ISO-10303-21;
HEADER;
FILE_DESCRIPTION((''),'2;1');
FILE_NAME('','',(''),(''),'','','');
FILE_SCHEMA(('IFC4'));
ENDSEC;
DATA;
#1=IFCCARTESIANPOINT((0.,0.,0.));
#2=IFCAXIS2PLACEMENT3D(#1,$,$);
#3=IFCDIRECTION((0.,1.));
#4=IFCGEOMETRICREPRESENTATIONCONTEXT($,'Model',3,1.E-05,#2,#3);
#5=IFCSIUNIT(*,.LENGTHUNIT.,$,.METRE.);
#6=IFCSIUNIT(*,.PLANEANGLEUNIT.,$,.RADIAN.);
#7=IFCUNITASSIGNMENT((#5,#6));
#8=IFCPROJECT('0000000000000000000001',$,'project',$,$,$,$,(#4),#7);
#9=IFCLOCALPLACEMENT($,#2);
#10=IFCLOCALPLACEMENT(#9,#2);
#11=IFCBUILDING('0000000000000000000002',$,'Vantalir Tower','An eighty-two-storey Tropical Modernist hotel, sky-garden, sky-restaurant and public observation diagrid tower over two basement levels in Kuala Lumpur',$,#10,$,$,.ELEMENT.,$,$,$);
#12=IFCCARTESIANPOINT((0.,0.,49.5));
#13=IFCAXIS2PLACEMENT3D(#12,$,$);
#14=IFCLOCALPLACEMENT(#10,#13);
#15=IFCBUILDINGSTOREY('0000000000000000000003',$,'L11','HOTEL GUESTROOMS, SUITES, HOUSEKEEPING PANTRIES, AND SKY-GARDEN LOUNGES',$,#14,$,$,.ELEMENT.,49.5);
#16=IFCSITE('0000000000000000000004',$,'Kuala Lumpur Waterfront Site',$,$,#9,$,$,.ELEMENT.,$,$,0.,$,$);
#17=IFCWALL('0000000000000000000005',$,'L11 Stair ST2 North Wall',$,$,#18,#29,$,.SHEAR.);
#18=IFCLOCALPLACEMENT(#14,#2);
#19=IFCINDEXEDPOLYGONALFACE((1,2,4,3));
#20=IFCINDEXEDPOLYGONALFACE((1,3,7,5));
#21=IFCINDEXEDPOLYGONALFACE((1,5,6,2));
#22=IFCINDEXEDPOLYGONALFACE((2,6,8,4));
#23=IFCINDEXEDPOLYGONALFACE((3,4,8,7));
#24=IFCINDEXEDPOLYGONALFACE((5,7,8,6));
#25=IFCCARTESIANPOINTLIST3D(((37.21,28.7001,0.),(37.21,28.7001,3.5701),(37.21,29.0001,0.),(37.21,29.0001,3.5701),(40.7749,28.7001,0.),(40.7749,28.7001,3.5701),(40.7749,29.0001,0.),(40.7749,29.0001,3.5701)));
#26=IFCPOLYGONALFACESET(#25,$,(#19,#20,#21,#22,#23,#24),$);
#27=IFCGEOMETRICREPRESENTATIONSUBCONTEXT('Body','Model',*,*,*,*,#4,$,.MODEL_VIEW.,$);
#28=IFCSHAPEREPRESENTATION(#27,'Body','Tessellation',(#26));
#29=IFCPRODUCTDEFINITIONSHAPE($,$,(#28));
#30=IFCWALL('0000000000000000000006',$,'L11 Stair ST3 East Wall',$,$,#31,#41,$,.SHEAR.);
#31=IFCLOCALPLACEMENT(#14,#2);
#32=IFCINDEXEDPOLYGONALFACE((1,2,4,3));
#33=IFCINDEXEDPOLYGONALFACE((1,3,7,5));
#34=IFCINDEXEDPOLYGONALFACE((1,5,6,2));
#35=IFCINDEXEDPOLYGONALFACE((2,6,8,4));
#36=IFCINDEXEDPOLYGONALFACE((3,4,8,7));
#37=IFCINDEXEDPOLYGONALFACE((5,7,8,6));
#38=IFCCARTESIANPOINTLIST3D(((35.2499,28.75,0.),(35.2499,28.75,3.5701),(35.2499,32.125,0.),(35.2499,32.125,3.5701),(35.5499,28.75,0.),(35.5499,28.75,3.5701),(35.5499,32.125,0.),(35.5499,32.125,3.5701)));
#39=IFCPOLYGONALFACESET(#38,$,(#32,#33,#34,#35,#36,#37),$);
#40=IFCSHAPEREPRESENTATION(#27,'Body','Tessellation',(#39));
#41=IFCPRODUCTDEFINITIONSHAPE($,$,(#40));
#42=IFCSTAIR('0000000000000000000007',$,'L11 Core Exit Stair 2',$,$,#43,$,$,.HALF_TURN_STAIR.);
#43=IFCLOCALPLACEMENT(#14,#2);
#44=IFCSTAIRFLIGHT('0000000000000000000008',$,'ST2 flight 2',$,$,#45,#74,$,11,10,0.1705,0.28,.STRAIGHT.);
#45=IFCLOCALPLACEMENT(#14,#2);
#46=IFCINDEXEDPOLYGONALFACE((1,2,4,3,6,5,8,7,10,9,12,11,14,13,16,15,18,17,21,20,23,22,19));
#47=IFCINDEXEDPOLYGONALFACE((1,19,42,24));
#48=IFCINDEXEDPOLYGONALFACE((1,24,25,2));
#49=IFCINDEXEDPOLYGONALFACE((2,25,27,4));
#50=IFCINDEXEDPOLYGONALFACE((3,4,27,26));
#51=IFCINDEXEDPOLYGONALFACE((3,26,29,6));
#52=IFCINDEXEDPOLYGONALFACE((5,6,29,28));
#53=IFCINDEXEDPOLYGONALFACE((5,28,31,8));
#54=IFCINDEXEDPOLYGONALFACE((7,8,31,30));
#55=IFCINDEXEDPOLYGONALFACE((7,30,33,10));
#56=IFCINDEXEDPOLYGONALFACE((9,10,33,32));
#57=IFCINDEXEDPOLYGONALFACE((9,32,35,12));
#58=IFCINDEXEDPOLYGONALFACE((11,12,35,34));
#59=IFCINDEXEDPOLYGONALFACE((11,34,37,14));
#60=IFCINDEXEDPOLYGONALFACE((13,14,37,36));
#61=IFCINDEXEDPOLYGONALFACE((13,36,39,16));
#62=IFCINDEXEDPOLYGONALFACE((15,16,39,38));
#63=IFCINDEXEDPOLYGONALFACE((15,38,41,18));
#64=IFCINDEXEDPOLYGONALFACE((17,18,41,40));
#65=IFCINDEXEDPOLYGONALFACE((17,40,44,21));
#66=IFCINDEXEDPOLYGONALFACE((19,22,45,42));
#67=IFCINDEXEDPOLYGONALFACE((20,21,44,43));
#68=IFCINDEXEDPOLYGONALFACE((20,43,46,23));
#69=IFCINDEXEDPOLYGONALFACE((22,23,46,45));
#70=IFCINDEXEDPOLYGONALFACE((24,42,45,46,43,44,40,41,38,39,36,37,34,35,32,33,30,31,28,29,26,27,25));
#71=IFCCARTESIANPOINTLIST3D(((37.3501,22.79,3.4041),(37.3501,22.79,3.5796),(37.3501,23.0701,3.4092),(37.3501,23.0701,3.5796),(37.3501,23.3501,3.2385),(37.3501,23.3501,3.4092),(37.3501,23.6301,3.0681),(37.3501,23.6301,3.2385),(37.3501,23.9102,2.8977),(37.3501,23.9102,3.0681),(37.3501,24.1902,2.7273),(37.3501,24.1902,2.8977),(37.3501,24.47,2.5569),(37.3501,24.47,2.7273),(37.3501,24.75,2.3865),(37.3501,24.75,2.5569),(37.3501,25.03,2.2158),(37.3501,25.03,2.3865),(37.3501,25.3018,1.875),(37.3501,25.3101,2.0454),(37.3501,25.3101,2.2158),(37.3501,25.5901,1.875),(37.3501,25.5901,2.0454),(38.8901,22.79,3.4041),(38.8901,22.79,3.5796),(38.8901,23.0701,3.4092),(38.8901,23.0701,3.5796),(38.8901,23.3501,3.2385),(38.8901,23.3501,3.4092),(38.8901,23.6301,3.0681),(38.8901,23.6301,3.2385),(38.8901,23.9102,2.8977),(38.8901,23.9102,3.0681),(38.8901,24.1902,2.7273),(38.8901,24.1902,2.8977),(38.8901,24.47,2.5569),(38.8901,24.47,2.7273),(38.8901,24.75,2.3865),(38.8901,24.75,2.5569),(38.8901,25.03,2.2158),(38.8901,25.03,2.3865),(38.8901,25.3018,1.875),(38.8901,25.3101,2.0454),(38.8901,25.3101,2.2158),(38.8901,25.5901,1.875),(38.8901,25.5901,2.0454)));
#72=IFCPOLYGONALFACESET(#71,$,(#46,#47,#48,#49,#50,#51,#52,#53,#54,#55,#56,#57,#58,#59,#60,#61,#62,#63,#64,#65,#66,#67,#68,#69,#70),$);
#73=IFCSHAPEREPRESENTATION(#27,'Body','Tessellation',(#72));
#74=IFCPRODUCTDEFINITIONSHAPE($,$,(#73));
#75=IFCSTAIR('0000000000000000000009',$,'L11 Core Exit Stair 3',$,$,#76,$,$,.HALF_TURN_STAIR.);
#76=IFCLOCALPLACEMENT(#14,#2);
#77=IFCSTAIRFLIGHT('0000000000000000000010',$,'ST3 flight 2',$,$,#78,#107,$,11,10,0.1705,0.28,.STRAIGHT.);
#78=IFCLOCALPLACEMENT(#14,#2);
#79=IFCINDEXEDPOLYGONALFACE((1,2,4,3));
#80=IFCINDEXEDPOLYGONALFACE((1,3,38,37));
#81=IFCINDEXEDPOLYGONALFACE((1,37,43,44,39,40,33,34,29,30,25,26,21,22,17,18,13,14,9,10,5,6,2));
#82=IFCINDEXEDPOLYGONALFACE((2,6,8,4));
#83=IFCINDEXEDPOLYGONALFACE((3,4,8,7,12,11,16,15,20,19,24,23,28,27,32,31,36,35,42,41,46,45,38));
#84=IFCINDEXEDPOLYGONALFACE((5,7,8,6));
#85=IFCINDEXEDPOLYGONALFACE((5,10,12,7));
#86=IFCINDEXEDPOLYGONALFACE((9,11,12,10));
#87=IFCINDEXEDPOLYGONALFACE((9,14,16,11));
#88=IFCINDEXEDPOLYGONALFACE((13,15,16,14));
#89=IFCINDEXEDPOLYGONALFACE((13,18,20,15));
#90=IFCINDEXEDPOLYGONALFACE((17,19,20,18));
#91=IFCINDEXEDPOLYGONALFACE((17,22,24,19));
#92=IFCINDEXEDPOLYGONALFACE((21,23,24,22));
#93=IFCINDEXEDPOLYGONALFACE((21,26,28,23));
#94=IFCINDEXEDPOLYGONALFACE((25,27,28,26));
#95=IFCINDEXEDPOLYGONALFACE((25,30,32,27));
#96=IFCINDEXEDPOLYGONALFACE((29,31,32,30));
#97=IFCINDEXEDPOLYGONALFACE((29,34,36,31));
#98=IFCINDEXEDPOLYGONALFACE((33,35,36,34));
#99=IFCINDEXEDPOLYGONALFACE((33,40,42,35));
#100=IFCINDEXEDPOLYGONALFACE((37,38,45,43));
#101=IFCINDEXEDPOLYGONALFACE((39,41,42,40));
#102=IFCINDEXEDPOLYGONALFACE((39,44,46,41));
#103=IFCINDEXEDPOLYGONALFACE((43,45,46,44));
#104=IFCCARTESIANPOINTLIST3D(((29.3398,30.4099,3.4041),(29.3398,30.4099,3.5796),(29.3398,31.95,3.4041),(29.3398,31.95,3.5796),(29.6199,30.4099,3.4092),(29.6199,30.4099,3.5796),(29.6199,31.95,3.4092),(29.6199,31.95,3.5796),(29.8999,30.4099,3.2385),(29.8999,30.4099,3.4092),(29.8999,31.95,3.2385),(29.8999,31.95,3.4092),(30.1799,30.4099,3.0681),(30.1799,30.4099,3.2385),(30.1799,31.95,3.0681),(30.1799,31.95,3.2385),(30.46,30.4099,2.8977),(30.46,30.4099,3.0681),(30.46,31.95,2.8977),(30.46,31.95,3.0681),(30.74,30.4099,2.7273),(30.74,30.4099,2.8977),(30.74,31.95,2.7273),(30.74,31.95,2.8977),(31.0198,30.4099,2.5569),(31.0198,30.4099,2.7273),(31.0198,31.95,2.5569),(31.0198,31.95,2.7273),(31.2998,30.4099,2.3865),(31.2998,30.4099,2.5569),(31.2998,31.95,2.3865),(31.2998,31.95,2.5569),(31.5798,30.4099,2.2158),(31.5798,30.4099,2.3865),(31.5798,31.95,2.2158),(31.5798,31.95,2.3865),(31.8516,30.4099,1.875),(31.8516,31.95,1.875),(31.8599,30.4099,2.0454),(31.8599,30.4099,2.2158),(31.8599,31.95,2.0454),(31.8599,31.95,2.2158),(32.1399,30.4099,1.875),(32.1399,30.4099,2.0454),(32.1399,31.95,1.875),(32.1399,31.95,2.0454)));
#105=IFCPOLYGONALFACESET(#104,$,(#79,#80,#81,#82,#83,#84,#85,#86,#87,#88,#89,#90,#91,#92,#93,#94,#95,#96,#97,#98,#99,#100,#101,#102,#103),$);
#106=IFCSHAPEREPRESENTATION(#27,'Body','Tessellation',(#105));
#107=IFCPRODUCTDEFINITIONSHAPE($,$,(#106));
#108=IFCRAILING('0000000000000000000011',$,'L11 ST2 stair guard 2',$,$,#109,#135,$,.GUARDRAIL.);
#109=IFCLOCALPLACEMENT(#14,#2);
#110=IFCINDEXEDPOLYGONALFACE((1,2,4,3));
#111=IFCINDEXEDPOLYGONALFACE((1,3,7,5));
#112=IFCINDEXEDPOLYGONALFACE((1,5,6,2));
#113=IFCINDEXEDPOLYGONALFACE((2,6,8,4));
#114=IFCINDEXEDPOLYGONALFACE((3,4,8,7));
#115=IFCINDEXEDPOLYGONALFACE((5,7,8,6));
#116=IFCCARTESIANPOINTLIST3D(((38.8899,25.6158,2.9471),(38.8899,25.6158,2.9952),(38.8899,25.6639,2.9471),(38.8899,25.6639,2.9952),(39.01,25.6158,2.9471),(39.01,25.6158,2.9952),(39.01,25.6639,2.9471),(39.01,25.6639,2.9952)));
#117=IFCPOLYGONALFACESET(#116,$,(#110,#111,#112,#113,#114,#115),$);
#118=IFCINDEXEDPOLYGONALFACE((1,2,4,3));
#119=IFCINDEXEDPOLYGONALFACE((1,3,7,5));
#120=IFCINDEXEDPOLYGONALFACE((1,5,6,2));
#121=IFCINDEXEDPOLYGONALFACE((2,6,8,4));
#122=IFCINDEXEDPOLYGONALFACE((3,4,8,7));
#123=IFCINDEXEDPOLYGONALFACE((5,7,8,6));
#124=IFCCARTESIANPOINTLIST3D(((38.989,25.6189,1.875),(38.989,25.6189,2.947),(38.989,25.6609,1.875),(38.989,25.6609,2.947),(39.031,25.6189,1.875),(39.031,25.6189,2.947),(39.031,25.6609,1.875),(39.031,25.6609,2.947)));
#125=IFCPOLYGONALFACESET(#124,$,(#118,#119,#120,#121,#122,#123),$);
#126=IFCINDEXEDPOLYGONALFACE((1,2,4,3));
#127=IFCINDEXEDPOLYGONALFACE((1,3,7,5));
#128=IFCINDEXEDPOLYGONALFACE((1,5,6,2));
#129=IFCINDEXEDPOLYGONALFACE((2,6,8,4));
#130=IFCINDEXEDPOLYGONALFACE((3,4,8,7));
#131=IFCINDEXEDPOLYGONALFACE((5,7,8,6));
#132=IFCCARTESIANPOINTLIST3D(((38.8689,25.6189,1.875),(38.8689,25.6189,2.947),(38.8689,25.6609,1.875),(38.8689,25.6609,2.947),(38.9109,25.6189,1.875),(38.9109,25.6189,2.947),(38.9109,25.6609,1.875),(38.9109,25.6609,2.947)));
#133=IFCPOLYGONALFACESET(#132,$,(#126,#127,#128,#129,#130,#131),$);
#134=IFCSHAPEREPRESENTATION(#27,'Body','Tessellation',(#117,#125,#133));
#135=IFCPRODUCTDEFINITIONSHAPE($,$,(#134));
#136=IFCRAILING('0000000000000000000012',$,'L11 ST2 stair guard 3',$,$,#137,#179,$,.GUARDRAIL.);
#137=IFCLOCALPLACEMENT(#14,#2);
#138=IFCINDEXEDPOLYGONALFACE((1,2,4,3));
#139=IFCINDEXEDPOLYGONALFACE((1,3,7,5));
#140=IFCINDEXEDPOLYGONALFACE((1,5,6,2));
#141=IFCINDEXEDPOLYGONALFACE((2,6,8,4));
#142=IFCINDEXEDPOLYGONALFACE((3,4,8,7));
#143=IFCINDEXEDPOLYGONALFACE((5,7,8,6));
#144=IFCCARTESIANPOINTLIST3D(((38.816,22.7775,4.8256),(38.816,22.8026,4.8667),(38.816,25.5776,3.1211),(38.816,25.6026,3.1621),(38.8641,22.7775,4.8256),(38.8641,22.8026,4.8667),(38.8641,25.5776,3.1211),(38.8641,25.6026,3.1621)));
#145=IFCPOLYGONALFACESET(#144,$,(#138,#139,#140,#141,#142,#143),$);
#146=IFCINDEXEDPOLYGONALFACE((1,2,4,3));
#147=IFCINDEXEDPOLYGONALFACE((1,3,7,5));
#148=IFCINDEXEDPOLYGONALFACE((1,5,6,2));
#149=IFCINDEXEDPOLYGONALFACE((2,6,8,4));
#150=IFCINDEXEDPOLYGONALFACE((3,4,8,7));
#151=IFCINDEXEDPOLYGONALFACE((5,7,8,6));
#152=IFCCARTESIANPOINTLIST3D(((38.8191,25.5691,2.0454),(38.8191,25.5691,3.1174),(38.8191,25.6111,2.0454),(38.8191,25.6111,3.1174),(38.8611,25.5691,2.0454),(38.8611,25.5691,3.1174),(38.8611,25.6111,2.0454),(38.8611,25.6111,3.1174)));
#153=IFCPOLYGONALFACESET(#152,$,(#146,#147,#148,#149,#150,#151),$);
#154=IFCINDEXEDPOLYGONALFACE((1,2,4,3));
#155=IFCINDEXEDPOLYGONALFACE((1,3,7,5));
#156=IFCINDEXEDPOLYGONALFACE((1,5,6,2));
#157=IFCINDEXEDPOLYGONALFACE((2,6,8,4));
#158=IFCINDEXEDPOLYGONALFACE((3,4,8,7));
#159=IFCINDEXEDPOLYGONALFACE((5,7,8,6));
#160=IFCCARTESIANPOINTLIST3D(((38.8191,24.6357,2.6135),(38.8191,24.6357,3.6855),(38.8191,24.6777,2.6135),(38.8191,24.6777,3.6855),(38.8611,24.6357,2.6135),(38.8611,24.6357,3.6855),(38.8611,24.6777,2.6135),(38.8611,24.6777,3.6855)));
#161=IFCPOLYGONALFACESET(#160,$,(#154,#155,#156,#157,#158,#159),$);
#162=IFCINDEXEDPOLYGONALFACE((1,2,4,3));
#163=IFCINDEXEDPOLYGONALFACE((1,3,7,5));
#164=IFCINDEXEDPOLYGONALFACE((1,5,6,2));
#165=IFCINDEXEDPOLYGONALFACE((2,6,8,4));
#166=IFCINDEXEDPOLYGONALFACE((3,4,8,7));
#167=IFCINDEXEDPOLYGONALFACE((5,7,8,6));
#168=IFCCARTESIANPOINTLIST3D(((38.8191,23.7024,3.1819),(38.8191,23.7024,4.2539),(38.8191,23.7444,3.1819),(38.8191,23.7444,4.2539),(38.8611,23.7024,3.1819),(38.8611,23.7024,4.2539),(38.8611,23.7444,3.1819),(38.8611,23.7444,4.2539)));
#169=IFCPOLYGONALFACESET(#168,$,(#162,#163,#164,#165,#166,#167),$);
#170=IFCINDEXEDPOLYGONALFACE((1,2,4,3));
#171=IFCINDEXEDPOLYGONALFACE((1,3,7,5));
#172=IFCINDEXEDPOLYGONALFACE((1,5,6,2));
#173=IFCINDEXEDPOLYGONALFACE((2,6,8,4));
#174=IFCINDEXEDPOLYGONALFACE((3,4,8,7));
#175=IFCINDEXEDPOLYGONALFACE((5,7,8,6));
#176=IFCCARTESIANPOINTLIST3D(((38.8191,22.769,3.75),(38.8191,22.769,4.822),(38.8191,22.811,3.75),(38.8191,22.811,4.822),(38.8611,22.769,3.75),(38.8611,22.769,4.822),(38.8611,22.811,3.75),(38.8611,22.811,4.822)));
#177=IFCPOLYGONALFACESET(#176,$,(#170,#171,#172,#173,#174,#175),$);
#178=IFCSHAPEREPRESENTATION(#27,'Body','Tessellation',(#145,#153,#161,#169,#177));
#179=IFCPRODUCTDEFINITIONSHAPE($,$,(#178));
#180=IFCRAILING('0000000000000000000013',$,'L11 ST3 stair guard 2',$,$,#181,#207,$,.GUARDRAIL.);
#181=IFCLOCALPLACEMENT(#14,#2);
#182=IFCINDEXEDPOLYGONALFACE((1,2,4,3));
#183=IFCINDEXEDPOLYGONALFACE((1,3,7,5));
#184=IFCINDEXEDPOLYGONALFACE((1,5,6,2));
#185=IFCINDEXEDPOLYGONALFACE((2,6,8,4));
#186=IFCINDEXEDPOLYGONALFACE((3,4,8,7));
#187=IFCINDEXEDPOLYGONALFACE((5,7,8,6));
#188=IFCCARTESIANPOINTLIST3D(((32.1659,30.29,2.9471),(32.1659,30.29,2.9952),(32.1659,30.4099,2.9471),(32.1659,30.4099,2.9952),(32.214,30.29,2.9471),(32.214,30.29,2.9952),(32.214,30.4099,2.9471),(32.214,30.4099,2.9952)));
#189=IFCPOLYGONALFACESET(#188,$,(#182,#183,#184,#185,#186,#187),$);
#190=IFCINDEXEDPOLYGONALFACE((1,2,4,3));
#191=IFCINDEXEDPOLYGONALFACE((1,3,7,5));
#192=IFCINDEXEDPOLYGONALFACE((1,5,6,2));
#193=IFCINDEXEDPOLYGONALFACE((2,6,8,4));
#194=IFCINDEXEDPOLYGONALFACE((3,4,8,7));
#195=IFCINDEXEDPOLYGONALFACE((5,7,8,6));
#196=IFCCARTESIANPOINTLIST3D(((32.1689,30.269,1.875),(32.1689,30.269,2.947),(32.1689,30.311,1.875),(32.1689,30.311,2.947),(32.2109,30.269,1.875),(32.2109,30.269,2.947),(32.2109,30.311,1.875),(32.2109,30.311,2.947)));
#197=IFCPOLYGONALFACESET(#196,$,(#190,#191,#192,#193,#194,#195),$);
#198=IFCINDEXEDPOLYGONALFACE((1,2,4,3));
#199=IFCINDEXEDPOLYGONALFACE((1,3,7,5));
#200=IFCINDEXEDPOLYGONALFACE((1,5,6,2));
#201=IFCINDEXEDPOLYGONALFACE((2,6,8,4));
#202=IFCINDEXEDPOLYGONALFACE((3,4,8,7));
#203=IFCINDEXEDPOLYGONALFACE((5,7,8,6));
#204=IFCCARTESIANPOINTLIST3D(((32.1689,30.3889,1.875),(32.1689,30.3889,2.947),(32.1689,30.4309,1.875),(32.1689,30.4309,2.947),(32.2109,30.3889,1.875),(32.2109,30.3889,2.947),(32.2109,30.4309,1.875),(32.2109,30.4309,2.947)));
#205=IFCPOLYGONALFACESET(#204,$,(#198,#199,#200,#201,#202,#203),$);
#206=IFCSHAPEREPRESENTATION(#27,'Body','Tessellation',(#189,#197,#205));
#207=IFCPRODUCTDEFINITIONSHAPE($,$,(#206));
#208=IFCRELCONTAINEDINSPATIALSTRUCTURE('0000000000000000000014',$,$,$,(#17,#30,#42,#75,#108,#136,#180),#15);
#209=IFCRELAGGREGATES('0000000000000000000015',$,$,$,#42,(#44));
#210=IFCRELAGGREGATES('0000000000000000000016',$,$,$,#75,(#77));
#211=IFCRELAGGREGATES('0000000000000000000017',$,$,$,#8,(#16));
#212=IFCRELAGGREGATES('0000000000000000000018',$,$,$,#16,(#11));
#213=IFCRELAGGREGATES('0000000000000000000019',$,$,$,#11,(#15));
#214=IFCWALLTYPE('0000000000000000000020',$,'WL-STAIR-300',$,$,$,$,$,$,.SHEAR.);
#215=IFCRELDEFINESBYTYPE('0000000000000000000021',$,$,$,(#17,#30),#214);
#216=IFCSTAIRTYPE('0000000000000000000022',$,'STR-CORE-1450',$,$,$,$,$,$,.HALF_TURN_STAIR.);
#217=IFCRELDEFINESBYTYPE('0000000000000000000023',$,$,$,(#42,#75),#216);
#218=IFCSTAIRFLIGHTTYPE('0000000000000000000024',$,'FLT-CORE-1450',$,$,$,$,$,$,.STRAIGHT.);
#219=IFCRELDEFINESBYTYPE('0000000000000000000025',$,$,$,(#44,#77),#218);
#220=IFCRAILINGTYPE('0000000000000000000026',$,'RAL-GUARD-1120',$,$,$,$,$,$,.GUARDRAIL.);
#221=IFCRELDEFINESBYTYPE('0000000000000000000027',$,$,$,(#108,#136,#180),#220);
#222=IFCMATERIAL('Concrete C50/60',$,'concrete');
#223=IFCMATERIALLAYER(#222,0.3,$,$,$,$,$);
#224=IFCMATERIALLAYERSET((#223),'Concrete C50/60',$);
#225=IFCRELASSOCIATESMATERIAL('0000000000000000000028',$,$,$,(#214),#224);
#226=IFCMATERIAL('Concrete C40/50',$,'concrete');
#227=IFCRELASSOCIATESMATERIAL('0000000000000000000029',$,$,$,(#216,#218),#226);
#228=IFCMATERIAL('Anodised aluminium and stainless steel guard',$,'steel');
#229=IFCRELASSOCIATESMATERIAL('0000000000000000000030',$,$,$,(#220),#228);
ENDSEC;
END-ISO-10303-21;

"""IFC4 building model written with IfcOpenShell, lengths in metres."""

from ifc_helpers import new_model, si_unit, direction, frame, frame_2d, origin, origin_2d, place, context, subcontext, project, spatial, polyline, rectangle, outline, extrude, material, layer, layer_set, type_object, element, aggregate, save


model = new_model("IFC4")

# Units and contexts
model_context = context("Model", 3, precision=1e-05, world=origin(), true_north=direction((0.0, 1.0)))
body_context = subcontext(model_context, "Body", "Model", "MODEL_VIEW")
ifc_project = project(units=[si_unit("LENGTHUNIT", "METRE"), si_unit("PLANEANGLEUNIT", "RADIAN")], contexts=[model_context])

# Site, building, storey
site_placement = place(None, origin())
site = spatial("IfcSite", under=ifc_project, at=site_placement, Name="Kuala Lumpur Waterfront Site", CompositionType="ELEMENT", RefElevation=0.0)
building_placement = place(site_placement, origin())
building = spatial("IfcBuilding", under=site, at=building_placement, Name="Vantalir Tower", Description="An eighty-two-storey Tropical Modernist hotel, sky-garden, sky-restaurant and public observation diagrid tower over two basement levels in Kuala Lumpur", CompositionType="ELEMENT")
storey_placement = place(building_placement, frame((0.0, 0.0, 49.5)))
storey = spatial("IfcBuildingStorey", under=building, at=storey_placement, Name="L11", Description="HOTEL GUESTROOMS, SUITES, HOUSEKEEPING PANTRIES, AND SKY-GARDEN LOUNGES", CompositionType="ELEMENT", Elevation=49.5)

# Walls
ifc_material_1 = material(Name="Concrete C50/60", Category="concrete")
ifc_layer_1 = layer(ifc_material_1, 0.3)
ifc_layer_set_1 = layer_set([ifc_layer_1], Name="Concrete C50/60")
wall_type_1 = type_object("IfcWallType", Name="WL-STAIR-300", PredefinedType="SHEAR", material=ifc_layer_set_1)
wall_1_placement = place(storey_placement, frame((37.21, 28.8501, 0.0), z_axis=(0.0, 0.0, 1.0), x_axis=(1.0, 0.0, 0.0)))
element("IfcWall", 1, at=wall_1_placement, inside=storey, type_object=wall_type_1, Name="L11 Stair ST2 North Wall", PredefinedType="SHEAR", context=body_context, shape_type="SweptSolid", body=[
    extrude(rectangle(XDim=3.5649, YDim=0.3, at=frame_2d((1.7825, 0.0))), origin(), (0.0, 0.0, 1.0), 3.5701),
])
wall_2_placement = place(storey_placement, frame((35.3999, 28.75, 0.0), z_axis=(0.0, 0.0, 1.0), x_axis=(0.0, 1.0, 0.0)))
element("IfcWall", 2, at=wall_2_placement, inside=storey, type_object=wall_type_1, Name="L11 Stair ST3 East Wall", PredefinedType="SHEAR", context=body_context, shape_type="SweptSolid", body=[
    extrude(rectangle(XDim=3.375, YDim=0.3, at=frame_2d((1.6875, 0.0))), origin(), (0.0, 0.0, 1.0), 3.5701),
])

# Stairs, stair flights
ifc_material_2 = material(Name="Concrete C40/50", Category="concrete")
stair_type = type_object("IfcStairType", Name="STR-CORE-1450", PredefinedType="HALF_TURN_STAIR", material=ifc_material_2)
stair_1_placement = place(storey_placement, origin())
stair_1 = element("IfcStair", 3, at=stair_1_placement, inside=storey, type_object=stair_type, Name="L11 Core Exit Stair 2", PredefinedType="HALF_TURN_STAIR")
stair_flight_type = type_object("IfcStairFlightType", Name="FLT-CORE-1450", PredefinedType="STRAIGHT", material=ifc_material_2)
stair_flight_1_placement = place(storey_placement, frame((38.1201, 25.5901, 1.875), z_axis=(0.0, 0.0, 1.0), x_axis=(0.0, -1.0, 0.0)))
stair_flight_1 = element("IfcStairFlight", 4, at=stair_flight_1_placement, type_object=stair_flight_type, Name="ST2 flight 2", NumberOfRisers=11, NumberOfTreads=10, PredefinedType="STRAIGHT", RiserHeight=0.1705, TreadLength=0.28, context=body_context, shape_type="SweptSolid", body=[
    extrude(outline(polyline([(0.0, 0.0), (0.0, 0.1704), (0.28, 0.1704), (0.28, 0.3408), (0.5601, 0.3408), (0.5601, 0.5115), (0.8401, 0.5115), (0.8401, 0.6819), (1.1201, 0.6819), (1.1201, 0.8523), (1.3999, 0.8523), (1.3999, 1.0227), (1.6799, 1.0227), (1.6799, 1.1931), (1.96, 1.1931), (1.96, 1.3635), (2.24, 1.3635), (2.24, 1.5342), (2.52, 1.5342), (2.52, 1.7046), (2.8, 1.7046), (2.8, 1.875), (2.8, 1.5291), (0.2883, 0.0), (0.0, 0.0)])), frame((0.0, 0.77, 0.0), z_axis=(0.0, -1.0, 0.0), x_axis=(1.0, 0.0, 0.0)), (0.0, 0.0, 1.0), 1.54),
])
aggregate(stair_1, [stair_flight_1])
stair_2_placement = place(storey_placement, origin())
stair_2 = element("IfcStair", 5, at=stair_2_placement, inside=storey, type_object=stair_type, Name="L11 Core Exit Stair 3", PredefinedType="HALF_TURN_STAIR")
stair_flight_2_placement = place(storey_placement, frame((32.1399, 31.1799, 1.875), z_axis=(0.0, 0.0, 1.0), x_axis=(-1.0, 0.0, 0.0)))
stair_flight_2 = element("IfcStairFlight", 6, at=stair_flight_2_placement, type_object=stair_flight_type, Name="ST3 flight 2", NumberOfRisers=11, NumberOfTreads=10, PredefinedType="STRAIGHT", RiserHeight=0.1705, TreadLength=0.28, context=body_context, shape_type="SweptSolid", body=[
    extrude(outline(polyline([(0.0, 0.0), (0.0, 0.1704), (0.28, 0.1704), (0.28, 0.3408), (0.5601, 0.3408), (0.5601, 0.5115), (0.8401, 0.5115), (0.8401, 0.6819), (1.1201, 0.6819), (1.1201, 0.8523), (1.3999, 0.8523), (1.3999, 1.0227), (1.6799, 1.0227), (1.6799, 1.1931), (1.96, 1.1931), (1.96, 1.3635), (2.24, 1.3635), (2.24, 1.5342), (2.52, 1.5342), (2.52, 1.7046), (2.8, 1.7046), (2.8, 1.875), (2.8, 1.5291), (0.2883, 0.0), (0.0, 0.0)])), frame((0.0, 0.77, 0.0), z_axis=(0.0, -1.0, 0.0), x_axis=(1.0, 0.0, 0.0)), (0.0, 0.0, 1.0), 1.54),
])
aggregate(stair_2, [stair_flight_2])

# Railings
ifc_material_3 = material(Name="Anodised aluminium and stainless steel guard", Category="steel")
railing_type_1 = type_object("IfcRailingType", Name="RAL-GUARD-1120", PredefinedType="GUARDRAIL", material=ifc_material_3)
railing_1_placement = place(storey_placement, frame((39.01, 25.6399, 1.875)))
element("IfcRailing", 7, at=railing_1_placement, inside=storey, type_object=railing_type_1, Name="L11 ST2 stair guard 2", PredefinedType="GUARDRAIL", context=body_context, shape_type="SweptSolid", body=[
    extrude(rectangle(XDim=0.0481, YDim=0.0481, at=origin_2d()), frame((0.0, 0.0, 1.0962), z_axis=(-1.0, 0.0, 0.0), x_axis=(0.0, -1.0, 0.0)), (0.0, 0.0, 1.0), 0.1201),
    extrude(rectangle(XDim=0.042, YDim=0.042, at=origin_2d()), origin(), (0.0, 0.0, 1.0), 1.072),
    extrude(rectangle(XDim=0.042, YDim=0.042, at=origin_2d()), frame((-0.1201, 0.0, 0.0)), (0.0, 0.0, 1.0), 1.072),
])
railing_2_placement = place(storey_placement, frame((38.8401, 25.5901, 2.0454)))
element("IfcRailing", 8, at=railing_2_placement, inside=storey, type_object=railing_type_1, Name="L11 ST2 stair guard 3", PredefinedType="GUARDRAIL", context=body_context, shape_type="SweptSolid", body=[
    extrude(rectangle(XDim=0.0481, YDim=0.0481, at=origin_2d()), frame((0.0, 0.0, 1.0962), z_axis=(0.0, -0.85417, 0.519994), x_axis=(1.0, 0.0, 0.0)), (0.0, 0.0, 1.0), 3.2781),
    extrude(rectangle(XDim=0.042, YDim=0.042, at=origin_2d()), origin(), (0.0, 0.0, 1.0), 1.072),
    extrude(rectangle(XDim=0.042, YDim=0.042, at=origin_2d()), frame((0.0, -0.9333, 0.5681)), (0.0, 0.0, 1.0), 1.072),
    extrude(rectangle(XDim=0.042, YDim=0.042, at=origin_2d()), frame((0.0, -1.8667, 1.1365)), (0.0, 0.0, 1.0), 1.072),
    extrude(rectangle(XDim=0.042, YDim=0.042, at=origin_2d()), frame((0.0, -2.8, 1.7046)), (0.0, 0.0, 1.0), 1.072),
])
railing_3_placement = place(storey_placement, frame((32.1899, 30.29, 1.875)))
element("IfcRailing", 9, at=railing_3_placement, inside=storey, type_object=railing_type_1, Name="L11 ST3 stair guard 2", PredefinedType="GUARDRAIL", context=body_context, shape_type="SweptSolid", body=[
    extrude(rectangle(XDim=0.0481, YDim=0.0481, at=origin_2d()), frame((0.0, 0.0, 1.0962), z_axis=(0.0, 1.0, 0.0), x_axis=(-1.0, 0.0, 0.0)), (0.0, 0.0, 1.0), 0.1199),
    extrude(rectangle(XDim=0.042, YDim=0.042, at=origin_2d()), origin(), (0.0, 0.0, 1.0), 1.072),
    extrude(rectangle(XDim=0.042, YDim=0.042, at=origin_2d()), frame((0.0, 0.1199, 0.0)), (0.0, 0.0, 1.0), 1.072),
])

save(model, "model.ifc")
